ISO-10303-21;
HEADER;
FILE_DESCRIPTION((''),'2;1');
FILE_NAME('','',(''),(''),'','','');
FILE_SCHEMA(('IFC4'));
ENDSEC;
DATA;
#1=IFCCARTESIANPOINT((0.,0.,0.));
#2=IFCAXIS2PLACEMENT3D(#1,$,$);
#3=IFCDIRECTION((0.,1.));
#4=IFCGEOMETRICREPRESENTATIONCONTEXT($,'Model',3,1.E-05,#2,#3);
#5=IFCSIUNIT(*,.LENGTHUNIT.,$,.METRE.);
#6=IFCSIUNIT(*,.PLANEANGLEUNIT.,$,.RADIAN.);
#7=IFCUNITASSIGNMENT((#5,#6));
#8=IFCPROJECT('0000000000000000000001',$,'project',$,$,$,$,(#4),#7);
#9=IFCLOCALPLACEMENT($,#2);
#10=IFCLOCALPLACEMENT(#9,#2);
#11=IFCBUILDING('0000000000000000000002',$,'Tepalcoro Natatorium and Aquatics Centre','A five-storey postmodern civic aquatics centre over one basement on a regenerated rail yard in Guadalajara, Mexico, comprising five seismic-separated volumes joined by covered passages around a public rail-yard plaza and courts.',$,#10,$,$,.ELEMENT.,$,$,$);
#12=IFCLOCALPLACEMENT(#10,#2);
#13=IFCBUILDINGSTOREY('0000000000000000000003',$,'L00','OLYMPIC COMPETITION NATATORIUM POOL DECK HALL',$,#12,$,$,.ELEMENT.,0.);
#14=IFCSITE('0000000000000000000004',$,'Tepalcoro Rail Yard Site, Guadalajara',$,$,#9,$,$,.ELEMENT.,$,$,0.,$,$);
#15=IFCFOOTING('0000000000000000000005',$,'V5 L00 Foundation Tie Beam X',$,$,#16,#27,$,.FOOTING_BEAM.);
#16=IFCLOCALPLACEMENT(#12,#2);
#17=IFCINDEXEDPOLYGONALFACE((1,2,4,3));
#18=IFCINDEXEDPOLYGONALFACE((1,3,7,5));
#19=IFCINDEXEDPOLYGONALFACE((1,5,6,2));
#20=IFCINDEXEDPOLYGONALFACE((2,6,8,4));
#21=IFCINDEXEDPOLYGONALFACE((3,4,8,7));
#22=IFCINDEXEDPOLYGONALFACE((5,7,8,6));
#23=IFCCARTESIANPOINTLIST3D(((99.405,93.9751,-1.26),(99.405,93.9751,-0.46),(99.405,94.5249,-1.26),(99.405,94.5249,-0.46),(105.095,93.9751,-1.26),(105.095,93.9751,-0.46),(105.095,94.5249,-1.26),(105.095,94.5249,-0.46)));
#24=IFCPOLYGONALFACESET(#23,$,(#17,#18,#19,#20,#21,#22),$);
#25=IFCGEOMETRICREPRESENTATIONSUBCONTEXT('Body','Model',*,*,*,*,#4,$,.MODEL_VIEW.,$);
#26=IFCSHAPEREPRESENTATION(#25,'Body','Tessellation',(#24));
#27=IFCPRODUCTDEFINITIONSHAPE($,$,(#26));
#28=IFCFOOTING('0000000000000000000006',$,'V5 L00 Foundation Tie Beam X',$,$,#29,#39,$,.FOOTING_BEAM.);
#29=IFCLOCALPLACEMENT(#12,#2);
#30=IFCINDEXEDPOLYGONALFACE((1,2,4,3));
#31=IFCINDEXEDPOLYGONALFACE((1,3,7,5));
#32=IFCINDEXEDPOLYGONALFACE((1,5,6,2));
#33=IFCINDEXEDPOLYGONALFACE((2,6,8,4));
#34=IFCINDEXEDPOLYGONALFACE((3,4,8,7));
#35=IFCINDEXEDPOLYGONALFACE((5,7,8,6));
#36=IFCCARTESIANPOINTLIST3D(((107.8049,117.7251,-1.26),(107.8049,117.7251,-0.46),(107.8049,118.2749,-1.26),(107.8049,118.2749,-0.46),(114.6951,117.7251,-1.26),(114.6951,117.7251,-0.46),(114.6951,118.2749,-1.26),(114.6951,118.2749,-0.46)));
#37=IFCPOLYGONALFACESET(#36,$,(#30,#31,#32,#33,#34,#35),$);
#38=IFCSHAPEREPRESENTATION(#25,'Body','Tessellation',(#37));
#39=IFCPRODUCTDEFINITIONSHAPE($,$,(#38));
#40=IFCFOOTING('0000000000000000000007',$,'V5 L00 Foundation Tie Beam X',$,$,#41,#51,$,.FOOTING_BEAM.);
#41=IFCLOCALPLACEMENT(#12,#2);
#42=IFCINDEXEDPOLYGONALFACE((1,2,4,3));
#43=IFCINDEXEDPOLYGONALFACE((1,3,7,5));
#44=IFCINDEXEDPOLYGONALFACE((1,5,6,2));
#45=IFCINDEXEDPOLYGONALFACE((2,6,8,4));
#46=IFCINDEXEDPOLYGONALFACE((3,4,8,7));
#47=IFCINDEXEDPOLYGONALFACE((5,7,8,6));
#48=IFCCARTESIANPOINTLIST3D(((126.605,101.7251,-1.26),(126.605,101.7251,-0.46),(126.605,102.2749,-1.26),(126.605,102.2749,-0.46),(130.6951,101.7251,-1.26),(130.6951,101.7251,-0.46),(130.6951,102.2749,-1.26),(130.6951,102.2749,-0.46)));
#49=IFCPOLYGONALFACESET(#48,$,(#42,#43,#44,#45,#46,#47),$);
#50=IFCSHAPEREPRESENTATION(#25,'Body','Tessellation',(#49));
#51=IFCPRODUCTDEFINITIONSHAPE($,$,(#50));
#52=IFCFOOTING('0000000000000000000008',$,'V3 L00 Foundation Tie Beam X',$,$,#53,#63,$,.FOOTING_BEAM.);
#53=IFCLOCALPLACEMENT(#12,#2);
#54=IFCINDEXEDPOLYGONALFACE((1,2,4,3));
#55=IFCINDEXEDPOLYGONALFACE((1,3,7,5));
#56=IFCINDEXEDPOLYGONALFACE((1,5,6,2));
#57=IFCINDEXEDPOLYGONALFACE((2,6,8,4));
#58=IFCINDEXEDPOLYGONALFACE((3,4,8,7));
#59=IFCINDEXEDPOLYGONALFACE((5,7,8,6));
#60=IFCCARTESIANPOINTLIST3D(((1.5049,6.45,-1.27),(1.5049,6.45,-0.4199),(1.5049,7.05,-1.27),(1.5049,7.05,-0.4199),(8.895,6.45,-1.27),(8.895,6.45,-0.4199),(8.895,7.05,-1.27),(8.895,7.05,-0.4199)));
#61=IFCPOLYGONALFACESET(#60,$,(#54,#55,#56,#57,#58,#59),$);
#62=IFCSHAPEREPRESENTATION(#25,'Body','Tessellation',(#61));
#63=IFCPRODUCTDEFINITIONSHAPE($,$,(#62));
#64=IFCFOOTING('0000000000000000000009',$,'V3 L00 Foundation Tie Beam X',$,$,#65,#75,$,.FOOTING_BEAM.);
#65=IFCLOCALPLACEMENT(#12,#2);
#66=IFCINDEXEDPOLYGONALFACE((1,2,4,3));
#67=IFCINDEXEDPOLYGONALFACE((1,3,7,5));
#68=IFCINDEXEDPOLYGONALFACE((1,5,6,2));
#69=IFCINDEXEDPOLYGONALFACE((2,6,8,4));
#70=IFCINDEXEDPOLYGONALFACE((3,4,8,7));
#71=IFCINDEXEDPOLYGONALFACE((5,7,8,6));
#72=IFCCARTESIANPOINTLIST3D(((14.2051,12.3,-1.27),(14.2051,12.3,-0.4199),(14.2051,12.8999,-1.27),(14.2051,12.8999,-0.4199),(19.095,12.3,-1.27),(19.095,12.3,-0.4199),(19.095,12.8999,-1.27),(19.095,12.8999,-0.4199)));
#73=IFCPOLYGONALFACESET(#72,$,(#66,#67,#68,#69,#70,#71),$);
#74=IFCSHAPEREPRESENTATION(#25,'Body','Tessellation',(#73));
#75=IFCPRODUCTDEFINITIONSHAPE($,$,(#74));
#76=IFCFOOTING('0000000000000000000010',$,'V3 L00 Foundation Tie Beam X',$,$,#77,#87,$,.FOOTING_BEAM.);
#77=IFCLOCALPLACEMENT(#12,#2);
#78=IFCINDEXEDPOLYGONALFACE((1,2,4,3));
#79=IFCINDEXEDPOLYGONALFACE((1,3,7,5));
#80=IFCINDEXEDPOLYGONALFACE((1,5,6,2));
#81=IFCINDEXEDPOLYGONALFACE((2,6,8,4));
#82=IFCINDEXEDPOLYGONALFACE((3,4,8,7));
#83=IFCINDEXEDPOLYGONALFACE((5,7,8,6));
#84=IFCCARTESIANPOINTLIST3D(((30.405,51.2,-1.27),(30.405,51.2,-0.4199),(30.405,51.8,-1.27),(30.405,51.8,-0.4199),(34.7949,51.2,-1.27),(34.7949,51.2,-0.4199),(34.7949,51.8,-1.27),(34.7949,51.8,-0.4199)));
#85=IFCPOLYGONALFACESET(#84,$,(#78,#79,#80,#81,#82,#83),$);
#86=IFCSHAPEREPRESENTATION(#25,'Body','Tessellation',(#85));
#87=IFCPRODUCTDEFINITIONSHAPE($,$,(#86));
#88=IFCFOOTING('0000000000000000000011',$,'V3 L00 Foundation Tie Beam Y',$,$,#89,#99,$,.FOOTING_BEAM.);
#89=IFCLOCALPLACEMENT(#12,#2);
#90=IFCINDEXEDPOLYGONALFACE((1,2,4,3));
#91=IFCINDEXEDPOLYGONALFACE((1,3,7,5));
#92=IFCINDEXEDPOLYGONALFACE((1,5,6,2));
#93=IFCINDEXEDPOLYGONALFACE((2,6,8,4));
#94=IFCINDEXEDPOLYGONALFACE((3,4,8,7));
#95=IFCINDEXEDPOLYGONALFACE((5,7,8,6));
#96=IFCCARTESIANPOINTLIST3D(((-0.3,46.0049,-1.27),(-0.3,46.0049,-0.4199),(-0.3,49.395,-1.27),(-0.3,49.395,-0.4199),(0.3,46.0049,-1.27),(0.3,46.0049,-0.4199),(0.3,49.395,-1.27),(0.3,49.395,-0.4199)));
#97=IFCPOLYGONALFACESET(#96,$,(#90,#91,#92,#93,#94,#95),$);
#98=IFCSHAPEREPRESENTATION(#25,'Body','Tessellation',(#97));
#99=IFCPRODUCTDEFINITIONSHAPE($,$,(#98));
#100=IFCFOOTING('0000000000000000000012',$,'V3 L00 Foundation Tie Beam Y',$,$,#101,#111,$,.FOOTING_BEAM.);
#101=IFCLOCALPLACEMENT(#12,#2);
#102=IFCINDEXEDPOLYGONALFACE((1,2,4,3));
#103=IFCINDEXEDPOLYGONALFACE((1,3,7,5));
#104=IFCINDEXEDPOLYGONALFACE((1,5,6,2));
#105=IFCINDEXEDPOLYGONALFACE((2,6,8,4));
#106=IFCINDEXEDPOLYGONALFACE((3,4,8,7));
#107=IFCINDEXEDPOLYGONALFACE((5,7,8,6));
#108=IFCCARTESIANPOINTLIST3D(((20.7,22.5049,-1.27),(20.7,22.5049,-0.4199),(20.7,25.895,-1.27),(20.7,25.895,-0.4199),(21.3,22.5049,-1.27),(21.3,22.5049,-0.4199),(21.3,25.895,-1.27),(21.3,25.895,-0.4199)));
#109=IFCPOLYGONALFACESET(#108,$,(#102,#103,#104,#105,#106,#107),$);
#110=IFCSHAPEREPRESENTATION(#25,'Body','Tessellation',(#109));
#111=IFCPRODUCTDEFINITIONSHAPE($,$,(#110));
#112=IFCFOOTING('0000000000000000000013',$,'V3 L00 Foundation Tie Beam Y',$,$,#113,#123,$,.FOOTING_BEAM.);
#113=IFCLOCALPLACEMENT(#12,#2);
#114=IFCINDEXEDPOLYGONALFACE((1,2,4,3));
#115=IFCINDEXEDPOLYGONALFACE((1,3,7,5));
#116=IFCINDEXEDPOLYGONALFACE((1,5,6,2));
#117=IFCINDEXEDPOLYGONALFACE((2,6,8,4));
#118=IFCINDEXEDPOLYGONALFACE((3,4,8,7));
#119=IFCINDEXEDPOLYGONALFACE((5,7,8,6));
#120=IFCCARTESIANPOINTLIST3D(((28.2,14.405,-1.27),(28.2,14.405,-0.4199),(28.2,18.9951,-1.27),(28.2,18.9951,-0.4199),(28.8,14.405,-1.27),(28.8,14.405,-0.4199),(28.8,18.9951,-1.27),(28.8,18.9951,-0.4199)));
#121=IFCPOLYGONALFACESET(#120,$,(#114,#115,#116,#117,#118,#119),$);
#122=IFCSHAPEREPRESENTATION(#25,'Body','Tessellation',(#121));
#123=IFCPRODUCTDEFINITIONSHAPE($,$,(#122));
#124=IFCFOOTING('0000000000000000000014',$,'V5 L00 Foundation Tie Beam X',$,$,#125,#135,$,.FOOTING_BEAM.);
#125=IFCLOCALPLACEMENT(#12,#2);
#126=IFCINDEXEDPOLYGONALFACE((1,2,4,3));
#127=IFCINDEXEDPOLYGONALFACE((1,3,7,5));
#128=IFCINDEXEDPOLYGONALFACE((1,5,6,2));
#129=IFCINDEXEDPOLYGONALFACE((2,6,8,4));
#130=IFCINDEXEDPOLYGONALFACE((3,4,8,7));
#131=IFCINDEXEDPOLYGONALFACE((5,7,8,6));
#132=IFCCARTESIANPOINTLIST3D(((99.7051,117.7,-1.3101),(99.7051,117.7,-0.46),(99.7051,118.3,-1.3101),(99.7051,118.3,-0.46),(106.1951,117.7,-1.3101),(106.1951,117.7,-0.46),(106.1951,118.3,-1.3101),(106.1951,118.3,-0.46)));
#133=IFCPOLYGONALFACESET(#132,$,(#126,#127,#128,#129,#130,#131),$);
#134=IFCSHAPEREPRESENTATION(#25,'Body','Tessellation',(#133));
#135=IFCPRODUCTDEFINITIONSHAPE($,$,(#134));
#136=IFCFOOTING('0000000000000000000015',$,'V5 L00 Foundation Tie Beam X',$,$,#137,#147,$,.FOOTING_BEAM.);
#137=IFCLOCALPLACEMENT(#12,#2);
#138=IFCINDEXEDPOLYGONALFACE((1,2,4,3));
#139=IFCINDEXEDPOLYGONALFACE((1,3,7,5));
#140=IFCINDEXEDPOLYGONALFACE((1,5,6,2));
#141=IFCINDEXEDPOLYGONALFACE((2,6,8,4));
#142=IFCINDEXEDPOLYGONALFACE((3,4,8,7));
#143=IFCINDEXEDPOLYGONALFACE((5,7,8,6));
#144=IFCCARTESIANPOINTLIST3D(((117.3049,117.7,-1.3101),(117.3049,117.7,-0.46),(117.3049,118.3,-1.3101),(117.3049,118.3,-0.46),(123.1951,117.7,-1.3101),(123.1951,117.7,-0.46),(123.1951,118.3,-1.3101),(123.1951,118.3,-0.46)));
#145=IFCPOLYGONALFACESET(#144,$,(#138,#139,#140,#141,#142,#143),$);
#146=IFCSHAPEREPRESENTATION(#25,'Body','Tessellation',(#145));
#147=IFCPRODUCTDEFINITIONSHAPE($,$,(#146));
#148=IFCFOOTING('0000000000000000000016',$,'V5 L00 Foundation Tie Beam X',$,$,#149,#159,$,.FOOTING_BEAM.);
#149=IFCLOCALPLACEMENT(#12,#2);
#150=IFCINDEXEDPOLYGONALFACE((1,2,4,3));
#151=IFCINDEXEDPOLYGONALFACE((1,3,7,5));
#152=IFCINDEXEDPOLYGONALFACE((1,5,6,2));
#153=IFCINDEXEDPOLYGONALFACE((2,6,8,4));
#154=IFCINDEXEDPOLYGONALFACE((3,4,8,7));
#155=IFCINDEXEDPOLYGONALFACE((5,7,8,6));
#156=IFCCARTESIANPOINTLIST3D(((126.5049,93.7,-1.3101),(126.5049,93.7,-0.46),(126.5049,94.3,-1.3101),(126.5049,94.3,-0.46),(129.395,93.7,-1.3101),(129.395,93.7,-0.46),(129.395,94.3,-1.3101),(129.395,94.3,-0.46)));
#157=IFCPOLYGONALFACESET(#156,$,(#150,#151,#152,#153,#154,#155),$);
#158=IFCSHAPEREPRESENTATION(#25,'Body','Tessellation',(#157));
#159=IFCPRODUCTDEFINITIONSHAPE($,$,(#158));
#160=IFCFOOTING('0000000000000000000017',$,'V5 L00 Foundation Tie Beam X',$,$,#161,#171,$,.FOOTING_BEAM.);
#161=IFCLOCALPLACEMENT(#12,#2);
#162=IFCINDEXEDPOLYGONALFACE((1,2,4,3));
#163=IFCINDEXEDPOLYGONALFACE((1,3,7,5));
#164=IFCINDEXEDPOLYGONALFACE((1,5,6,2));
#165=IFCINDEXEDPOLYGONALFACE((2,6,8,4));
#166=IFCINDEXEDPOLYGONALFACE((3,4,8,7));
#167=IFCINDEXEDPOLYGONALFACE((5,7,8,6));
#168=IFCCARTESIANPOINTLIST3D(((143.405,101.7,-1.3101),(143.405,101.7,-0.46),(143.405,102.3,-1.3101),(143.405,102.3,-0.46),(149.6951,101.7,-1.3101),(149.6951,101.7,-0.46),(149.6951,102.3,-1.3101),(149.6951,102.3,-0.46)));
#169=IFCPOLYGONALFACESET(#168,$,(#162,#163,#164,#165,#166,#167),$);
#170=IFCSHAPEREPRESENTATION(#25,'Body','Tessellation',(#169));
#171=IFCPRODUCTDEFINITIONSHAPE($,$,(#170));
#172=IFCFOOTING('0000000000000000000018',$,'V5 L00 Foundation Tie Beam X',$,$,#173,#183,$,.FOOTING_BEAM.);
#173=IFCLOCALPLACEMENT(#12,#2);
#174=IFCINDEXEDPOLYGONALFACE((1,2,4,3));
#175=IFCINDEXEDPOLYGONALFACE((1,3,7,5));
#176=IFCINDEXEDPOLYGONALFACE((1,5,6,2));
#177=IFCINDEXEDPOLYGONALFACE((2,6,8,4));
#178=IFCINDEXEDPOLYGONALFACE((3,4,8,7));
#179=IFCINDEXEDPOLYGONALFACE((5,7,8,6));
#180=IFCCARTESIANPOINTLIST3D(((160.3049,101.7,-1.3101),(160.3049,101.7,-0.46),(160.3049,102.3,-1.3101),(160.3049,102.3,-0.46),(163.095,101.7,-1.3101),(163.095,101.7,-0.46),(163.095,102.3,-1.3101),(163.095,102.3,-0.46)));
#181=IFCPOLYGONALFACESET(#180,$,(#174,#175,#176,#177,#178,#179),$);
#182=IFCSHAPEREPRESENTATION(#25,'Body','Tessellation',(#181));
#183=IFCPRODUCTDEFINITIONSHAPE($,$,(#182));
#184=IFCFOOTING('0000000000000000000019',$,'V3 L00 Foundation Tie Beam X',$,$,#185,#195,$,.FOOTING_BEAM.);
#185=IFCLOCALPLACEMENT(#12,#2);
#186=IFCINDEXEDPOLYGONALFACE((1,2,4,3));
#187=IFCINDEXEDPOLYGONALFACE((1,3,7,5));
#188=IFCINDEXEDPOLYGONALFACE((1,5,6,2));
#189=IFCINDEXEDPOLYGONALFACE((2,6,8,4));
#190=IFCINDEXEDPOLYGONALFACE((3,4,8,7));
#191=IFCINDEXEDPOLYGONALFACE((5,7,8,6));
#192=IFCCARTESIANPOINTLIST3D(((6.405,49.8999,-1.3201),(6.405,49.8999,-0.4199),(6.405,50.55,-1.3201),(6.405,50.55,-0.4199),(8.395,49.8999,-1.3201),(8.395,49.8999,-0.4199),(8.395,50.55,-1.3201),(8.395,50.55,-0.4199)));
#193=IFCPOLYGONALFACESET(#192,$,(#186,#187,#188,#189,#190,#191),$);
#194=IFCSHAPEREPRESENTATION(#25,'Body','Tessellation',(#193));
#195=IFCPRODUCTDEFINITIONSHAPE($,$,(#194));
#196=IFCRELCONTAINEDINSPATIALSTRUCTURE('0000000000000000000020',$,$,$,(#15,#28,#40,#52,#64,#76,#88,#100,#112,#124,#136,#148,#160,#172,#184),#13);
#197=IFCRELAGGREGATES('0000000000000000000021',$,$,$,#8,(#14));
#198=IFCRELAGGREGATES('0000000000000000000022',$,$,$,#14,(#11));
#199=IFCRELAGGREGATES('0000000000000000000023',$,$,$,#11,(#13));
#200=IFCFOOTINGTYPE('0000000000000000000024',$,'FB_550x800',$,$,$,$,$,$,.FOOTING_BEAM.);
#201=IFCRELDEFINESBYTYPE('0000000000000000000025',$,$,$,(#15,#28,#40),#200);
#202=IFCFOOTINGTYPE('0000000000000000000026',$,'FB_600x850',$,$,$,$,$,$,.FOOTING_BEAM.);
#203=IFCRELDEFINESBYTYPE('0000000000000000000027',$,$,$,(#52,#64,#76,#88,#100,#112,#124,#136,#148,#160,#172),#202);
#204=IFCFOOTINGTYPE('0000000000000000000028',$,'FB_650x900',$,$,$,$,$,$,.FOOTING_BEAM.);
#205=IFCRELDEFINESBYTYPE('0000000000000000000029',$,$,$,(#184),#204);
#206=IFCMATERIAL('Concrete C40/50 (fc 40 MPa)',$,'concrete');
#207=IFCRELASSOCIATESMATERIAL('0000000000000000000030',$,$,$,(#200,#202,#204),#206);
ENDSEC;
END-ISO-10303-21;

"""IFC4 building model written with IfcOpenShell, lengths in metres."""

from ifc_helpers import new_model, si_unit, direction, frame, origin, place, context, subcontext, project, spatial, polyline, outline, extrude, material, type_object, element, save


model = new_model("IFC4")

# Units and contexts
model_context = context("Model", 3, precision=1e-05, world=origin(), true_north=direction((0.0, 1.0)))
body_context = subcontext(model_context, "Body", "Model", "MODEL_VIEW")
ifc_project = project(units=[si_unit("LENGTHUNIT", "METRE"), si_unit("PLANEANGLEUNIT", "RADIAN")], contexts=[model_context])

# Site, building, storey
site_placement = place(None, origin())
site = spatial("IfcSite", under=ifc_project, at=site_placement, Name="Tepalcoro Rail Yard Site, Guadalajara", CompositionType="ELEMENT", RefElevation=0.0)
building_placement = place(site_placement, origin())
building = spatial("IfcBuilding", under=site, at=building_placement, Name="Tepalcoro Natatorium and Aquatics Centre", Description="A five-storey postmodern civic aquatics centre over one basement on a regenerated rail yard in Guadalajara, Mexico, comprising five seismic-separated volumes joined by covered passages around a public rail-yard plaza and courts.", CompositionType="ELEMENT")
storey_placement = place(building_placement, origin())
storey = spatial("IfcBuildingStorey", under=building, at=storey_placement, Name="L00", Description="OLYMPIC COMPETITION NATATORIUM POOL DECK HALL", CompositionType="ELEMENT", Elevation=0.0)

# Footings
ifc_material = material(Name="Concrete C40/50 (fc 40 MPa)", Category="concrete")
footing_type_1 = type_object("IfcFootingType", Name="FB_550x800", PredefinedType="FOOTING_BEAM", material=ifc_material)
footing_1_placement = place(storey_placement, frame((0.0, 0.0, -1.26)))
element("IfcFooting", 1, at=footing_1_placement, inside=storey, type_object=footing_type_1, Name="V5 L00 Foundation Tie Beam X", PredefinedType="FOOTING_BEAM", context=body_context, shape_type="SweptSolid", body=[
    extrude(outline(polyline([(99.405, 93.9751), (105.095, 93.9751), (105.095, 94.5249), (99.405, 94.5249), (99.405, 93.9751)])), origin(), (0.0, 0.0, 1.0), 0.8),
])
footing_2_placement = place(storey_placement, frame((0.0, 0.0, -1.26)))
element("IfcFooting", 2, at=footing_2_placement, inside=storey, type_object=footing_type_1, Name="V5 L00 Foundation Tie Beam X", PredefinedType="FOOTING_BEAM", context=body_context, shape_type="SweptSolid", body=[
    extrude(outline(polyline([(107.8049, 117.7251), (114.6951, 117.7251), (114.6951, 118.2749), (107.8049, 118.2749), (107.8049, 117.7251)])), origin(), (0.0, 0.0, 1.0), 0.8),
])
footing_3_placement = place(storey_placement, frame((0.0, 0.0, -1.26)))
element("IfcFooting", 3, at=footing_3_placement, inside=storey, type_object=footing_type_1, Name="V5 L00 Foundation Tie Beam X", PredefinedType="FOOTING_BEAM", context=body_context, shape_type="SweptSolid", body=[
    extrude(outline(polyline([(126.605, 101.7251), (130.6951, 101.7251), (130.6951, 102.2749), (126.605, 102.2749), (126.605, 101.7251)])), origin(), (0.0, 0.0, 1.0), 0.8),
])
footing_type_2 = type_object("IfcFootingType", Name="FB_600x850", PredefinedType="FOOTING_BEAM", material=ifc_material)
footing_4_placement = place(storey_placement, frame((0.0, 0.0, -1.27)))
element("IfcFooting", 4, at=footing_4_placement, inside=storey, type_object=footing_type_2, Name="V3 L00 Foundation Tie Beam X", PredefinedType="FOOTING_BEAM", context=body_context, shape_type="SweptSolid", body=[
    extrude(outline(polyline([(1.5049, 6.45), (8.895, 6.45), (8.895, 7.05), (1.5049, 7.05), (1.5049, 6.45)])), origin(), (0.0, 0.0, 1.0), 0.8501),
])
footing_5_placement = place(storey_placement, frame((0.0, 0.0, -1.27)))
element("IfcFooting", 5, at=footing_5_placement, inside=storey, type_object=footing_type_2, Name="V3 L00 Foundation Tie Beam X", PredefinedType="FOOTING_BEAM", context=body_context, shape_type="SweptSolid", body=[
    extrude(outline(polyline([(14.2051, 12.3), (19.095, 12.3), (19.095, 12.8999), (14.2051, 12.8999), (14.2051, 12.3)])), origin(), (0.0, 0.0, 1.0), 0.8501),
])
footing_6_placement = place(storey_placement, frame((0.0, 0.0, -1.27)))
element("IfcFooting", 6, at=footing_6_placement, inside=storey, type_object=footing_type_2, Name="V3 L00 Foundation Tie Beam X", PredefinedType="FOOTING_BEAM", context=body_context, shape_type="SweptSolid", body=[
    extrude(outline(polyline([(30.405, 51.2), (34.7949, 51.2), (34.7949, 51.8), (30.405, 51.8), (30.405, 51.2)])), origin(), (0.0, 0.0, 1.0), 0.8501),
])
footing_7_placement = place(storey_placement, frame((0.0, 0.0, -1.27)))
element("IfcFooting", 7, at=footing_7_placement, inside=storey, type_object=footing_type_2, Name="V3 L00 Foundation Tie Beam Y", PredefinedType="FOOTING_BEAM", context=body_context, shape_type="SweptSolid", body=[
    extrude(outline(polyline([(0.3, 46.0049), (0.3, 49.395), (-0.3, 49.395), (-0.3, 46.0049), (0.3, 46.0049)])), origin(), (0.0, 0.0, 1.0), 0.8501),
])
footing_8_placement = place(storey_placement, frame((0.0, 0.0, -1.27)))
element("IfcFooting", 8, at=footing_8_placement, inside=storey, type_object=footing_type_2, Name="V3 L00 Foundation Tie Beam Y", PredefinedType="FOOTING_BEAM", context=body_context, shape_type="SweptSolid", body=[
    extrude(outline(polyline([(21.3, 22.5049), (21.3, 25.895), (20.7, 25.895), (20.7, 22.5049), (21.3, 22.5049)])), origin(), (0.0, 0.0, 1.0), 0.8501),
])
footing_9_placement = place(storey_placement, frame((0.0, 0.0, -1.27)))
element("IfcFooting", 9, at=footing_9_placement, inside=storey, type_object=footing_type_2, Name="V3 L00 Foundation Tie Beam Y", PredefinedType="FOOTING_BEAM", context=body_context, shape_type="SweptSolid", body=[
    extrude(outline(polyline([(28.8, 14.405), (28.8, 18.9951), (28.2, 18.9951), (28.2, 14.405), (28.8, 14.405)])), origin(), (0.0, 0.0, 1.0), 0.8501),
])
footing_10_placement = place(storey_placement, frame((0.0, 0.0, -1.3101)))
element("IfcFooting", 10, at=footing_10_placement, inside=storey, type_object=footing_type_2, Name="V5 L00 Foundation Tie Beam X", PredefinedType="FOOTING_BEAM", context=body_context, shape_type="SweptSolid", body=[
    extrude(outline(polyline([(99.7051, 117.7), (106.1951, 117.7), (106.1951, 118.3), (99.7051, 118.3), (99.7051, 117.7)])), origin(), (0.0, 0.0, 1.0), 0.8501),
])
footing_11_placement = place(storey_placement, frame((0.0, 0.0, -1.3101)))
element("IfcFooting", 11, at=footing_11_placement, inside=storey, type_object=footing_type_2, Name="V5 L00 Foundation Tie Beam X", PredefinedType="FOOTING_BEAM", context=body_context, shape_type="SweptSolid", body=[
    extrude(outline(polyline([(117.3049, 117.7), (123.1951, 117.7), (123.1951, 118.3), (117.3049, 118.3), (117.3049, 117.7)])), origin(), (0.0, 0.0, 1.0), 0.8501),
])
footing_12_placement = place(storey_placement, frame((0.0, 0.0, -1.3101)))
element("IfcFooting", 12, at=footing_12_placement, inside=storey, type_object=footing_type_2, Name="V5 L00 Foundation Tie Beam X", PredefinedType="FOOTING_BEAM", context=body_context, shape_type="SweptSolid", body=[
    extrude(outline(polyline([(126.5049, 93.7), (129.395, 93.7), (129.395, 94.3), (126.5049, 94.3), (126.5049, 93.7)])), origin(), (0.0, 0.0, 1.0), 0.8501),
])
footing_13_placement = place(storey_placement, frame((0.0, 0.0, -1.3101)))
element("IfcFooting", 13, at=footing_13_placement, inside=storey, type_object=footing_type_2, Name="V5 L00 Foundation Tie Beam X", PredefinedType="FOOTING_BEAM", context=body_context, shape_type="SweptSolid", body=[
    extrude(outline(polyline([(143.405, 101.7), (149.6951, 101.7), (149.6951, 102.3), (143.405, 102.3), (143.405, 101.7)])), origin(), (0.0, 0.0, 1.0), 0.8501),
])
footing_14_placement = place(storey_placement, frame((0.0, 0.0, -1.3101)))
element("IfcFooting", 14, at=footing_14_placement, inside=storey, type_object=footing_type_2, Name="V5 L00 Foundation Tie Beam X", PredefinedType="FOOTING_BEAM", context=body_context, shape_type="SweptSolid", body=[
    extrude(outline(polyline([(160.3049, 101.7), (163.095, 101.7), (163.095, 102.3), (160.3049, 102.3), (160.3049, 101.7)])), origin(), (0.0, 0.0, 1.0), 0.8501),
])
footing_type_3 = type_object("IfcFootingType", Name="FB_650x900", PredefinedType="FOOTING_BEAM", material=ifc_material)
footing_15_placement = place(storey_placement, frame((0.0, 0.0, -1.3201)))
element("IfcFooting", 15, at=footing_15_placement, inside=storey, type_object=footing_type_3, Name="V3 L00 Foundation Tie Beam X", PredefinedType="FOOTING_BEAM", context=body_context, shape_type="SweptSolid", body=[
    extrude(outline(polyline([(6.405, 49.8999), (8.395, 49.8999), (8.395, 50.55), (6.405, 50.55), (6.405, 49.8999)])), origin(), (0.0, 0.0, 1.0), 0.9001),
])

save(model, "model.ifc")
